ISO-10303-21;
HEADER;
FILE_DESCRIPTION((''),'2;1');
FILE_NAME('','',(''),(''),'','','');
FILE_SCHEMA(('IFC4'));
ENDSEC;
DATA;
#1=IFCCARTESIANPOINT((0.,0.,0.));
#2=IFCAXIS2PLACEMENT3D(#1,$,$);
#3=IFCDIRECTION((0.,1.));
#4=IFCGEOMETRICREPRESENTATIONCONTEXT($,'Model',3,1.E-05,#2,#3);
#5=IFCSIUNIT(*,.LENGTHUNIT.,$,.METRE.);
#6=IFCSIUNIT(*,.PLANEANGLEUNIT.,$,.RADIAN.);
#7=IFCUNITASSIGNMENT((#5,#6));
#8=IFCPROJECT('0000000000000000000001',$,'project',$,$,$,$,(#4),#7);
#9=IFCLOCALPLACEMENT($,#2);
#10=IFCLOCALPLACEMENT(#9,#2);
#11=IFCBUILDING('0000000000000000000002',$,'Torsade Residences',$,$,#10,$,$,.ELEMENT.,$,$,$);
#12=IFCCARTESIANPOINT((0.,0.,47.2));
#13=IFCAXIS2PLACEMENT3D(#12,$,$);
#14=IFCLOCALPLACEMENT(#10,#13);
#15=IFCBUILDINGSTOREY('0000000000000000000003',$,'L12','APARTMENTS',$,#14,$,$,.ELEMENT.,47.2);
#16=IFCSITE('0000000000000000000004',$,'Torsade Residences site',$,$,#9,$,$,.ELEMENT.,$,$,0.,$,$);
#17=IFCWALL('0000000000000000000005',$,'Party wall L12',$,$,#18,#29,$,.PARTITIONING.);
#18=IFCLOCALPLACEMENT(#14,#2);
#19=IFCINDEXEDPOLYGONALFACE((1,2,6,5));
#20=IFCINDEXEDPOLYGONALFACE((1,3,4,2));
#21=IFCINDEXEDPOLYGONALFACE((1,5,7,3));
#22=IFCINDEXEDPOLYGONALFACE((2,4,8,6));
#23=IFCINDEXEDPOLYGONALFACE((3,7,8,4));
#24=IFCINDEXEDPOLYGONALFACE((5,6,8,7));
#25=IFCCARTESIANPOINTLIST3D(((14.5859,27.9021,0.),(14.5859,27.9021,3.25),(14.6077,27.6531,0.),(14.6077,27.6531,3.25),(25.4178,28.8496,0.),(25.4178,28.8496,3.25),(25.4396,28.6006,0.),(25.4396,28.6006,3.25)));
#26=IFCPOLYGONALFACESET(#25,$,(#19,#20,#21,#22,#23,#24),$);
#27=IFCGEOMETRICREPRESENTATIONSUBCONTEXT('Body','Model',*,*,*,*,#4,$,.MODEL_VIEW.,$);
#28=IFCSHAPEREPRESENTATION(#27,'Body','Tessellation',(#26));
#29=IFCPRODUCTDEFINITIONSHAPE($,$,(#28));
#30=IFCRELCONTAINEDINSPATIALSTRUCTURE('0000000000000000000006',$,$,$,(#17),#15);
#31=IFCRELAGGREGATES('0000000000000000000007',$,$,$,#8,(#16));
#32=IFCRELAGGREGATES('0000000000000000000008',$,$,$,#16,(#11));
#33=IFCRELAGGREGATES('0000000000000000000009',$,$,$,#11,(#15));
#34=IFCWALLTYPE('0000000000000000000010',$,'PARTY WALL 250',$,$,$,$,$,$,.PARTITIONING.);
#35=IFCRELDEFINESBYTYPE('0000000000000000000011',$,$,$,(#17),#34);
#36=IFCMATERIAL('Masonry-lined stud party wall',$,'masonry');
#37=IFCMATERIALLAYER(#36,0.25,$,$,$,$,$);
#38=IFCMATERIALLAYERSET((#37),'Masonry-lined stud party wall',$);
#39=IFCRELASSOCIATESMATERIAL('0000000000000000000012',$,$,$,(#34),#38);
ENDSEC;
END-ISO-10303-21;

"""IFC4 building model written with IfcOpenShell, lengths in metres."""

from ifc_helpers import new_model, si_unit, direction, frame, frame_2d, origin, place, context, subcontext, project, spatial, rectangle, extrude, material, layer, layer_set, type_object, element, save


model = new_model("IFC4")

# Units and contexts
model_context = context("Model", 3, precision=1e-05, world=origin(), true_north=direction((0.0, 1.0)))
body_context = subcontext(model_context, "Body", "Model", "MODEL_VIEW")
ifc_project = project(units=[si_unit("LENGTHUNIT", "METRE"), si_unit("PLANEANGLEUNIT", "RADIAN")], contexts=[model_context])

# Site, building, storey
site_placement = place(None, origin())
site = spatial("IfcSite", under=ifc_project, at=site_placement, Name="Torsade Residences site", CompositionType="ELEMENT", RefElevation=0.0)
building_placement = place(site_placement, origin())
building = spatial("IfcBuilding", under=site, at=building_placement, Name="Torsade Residences", CompositionType="ELEMENT")
storey_placement = place(building_placement, frame((0.0, 0.0, 47.2)))
storey = spatial("IfcBuildingStorey", under=building, at=storey_placement, Name="L12", Description="APARTMENTS", CompositionType="ELEMENT", Elevation=47.2)

# Wall
ifc_material_1 = material(Name="Masonry-lined stud party wall", Category="masonry")
ifc_layer_1 = layer(ifc_material_1, 0.25)
ifc_layer_set_1 = layer_set([ifc_layer_1], Name="Masonry-lined stud party wall")
wall_type_1 = type_object("IfcWallType", Name="PARTY WALL 250", PredefinedType="PARTITIONING", material=ifc_layer_set_1)
wall_1_placement = place(storey_placement, frame((14.5969, 27.7776, 0.0), z_axis=(0.0, 0.0, 1.0), x_axis=(0.996196, 0.08714, 0.0)))
element("IfcWall", 1, at=wall_1_placement, inside=storey, type_object=wall_type_1, Name="Party wall L12", PredefinedType="PARTITIONING", context=body_context, shape_type="SweptSolid", body=[
    extrude(rectangle(XDim=10.8733, YDim=0.25, at=frame_2d((5.4365, 0.0))), origin(), (0.0, 0.0, 1.0), 3.25),
])

save(model, "model.ifc")
